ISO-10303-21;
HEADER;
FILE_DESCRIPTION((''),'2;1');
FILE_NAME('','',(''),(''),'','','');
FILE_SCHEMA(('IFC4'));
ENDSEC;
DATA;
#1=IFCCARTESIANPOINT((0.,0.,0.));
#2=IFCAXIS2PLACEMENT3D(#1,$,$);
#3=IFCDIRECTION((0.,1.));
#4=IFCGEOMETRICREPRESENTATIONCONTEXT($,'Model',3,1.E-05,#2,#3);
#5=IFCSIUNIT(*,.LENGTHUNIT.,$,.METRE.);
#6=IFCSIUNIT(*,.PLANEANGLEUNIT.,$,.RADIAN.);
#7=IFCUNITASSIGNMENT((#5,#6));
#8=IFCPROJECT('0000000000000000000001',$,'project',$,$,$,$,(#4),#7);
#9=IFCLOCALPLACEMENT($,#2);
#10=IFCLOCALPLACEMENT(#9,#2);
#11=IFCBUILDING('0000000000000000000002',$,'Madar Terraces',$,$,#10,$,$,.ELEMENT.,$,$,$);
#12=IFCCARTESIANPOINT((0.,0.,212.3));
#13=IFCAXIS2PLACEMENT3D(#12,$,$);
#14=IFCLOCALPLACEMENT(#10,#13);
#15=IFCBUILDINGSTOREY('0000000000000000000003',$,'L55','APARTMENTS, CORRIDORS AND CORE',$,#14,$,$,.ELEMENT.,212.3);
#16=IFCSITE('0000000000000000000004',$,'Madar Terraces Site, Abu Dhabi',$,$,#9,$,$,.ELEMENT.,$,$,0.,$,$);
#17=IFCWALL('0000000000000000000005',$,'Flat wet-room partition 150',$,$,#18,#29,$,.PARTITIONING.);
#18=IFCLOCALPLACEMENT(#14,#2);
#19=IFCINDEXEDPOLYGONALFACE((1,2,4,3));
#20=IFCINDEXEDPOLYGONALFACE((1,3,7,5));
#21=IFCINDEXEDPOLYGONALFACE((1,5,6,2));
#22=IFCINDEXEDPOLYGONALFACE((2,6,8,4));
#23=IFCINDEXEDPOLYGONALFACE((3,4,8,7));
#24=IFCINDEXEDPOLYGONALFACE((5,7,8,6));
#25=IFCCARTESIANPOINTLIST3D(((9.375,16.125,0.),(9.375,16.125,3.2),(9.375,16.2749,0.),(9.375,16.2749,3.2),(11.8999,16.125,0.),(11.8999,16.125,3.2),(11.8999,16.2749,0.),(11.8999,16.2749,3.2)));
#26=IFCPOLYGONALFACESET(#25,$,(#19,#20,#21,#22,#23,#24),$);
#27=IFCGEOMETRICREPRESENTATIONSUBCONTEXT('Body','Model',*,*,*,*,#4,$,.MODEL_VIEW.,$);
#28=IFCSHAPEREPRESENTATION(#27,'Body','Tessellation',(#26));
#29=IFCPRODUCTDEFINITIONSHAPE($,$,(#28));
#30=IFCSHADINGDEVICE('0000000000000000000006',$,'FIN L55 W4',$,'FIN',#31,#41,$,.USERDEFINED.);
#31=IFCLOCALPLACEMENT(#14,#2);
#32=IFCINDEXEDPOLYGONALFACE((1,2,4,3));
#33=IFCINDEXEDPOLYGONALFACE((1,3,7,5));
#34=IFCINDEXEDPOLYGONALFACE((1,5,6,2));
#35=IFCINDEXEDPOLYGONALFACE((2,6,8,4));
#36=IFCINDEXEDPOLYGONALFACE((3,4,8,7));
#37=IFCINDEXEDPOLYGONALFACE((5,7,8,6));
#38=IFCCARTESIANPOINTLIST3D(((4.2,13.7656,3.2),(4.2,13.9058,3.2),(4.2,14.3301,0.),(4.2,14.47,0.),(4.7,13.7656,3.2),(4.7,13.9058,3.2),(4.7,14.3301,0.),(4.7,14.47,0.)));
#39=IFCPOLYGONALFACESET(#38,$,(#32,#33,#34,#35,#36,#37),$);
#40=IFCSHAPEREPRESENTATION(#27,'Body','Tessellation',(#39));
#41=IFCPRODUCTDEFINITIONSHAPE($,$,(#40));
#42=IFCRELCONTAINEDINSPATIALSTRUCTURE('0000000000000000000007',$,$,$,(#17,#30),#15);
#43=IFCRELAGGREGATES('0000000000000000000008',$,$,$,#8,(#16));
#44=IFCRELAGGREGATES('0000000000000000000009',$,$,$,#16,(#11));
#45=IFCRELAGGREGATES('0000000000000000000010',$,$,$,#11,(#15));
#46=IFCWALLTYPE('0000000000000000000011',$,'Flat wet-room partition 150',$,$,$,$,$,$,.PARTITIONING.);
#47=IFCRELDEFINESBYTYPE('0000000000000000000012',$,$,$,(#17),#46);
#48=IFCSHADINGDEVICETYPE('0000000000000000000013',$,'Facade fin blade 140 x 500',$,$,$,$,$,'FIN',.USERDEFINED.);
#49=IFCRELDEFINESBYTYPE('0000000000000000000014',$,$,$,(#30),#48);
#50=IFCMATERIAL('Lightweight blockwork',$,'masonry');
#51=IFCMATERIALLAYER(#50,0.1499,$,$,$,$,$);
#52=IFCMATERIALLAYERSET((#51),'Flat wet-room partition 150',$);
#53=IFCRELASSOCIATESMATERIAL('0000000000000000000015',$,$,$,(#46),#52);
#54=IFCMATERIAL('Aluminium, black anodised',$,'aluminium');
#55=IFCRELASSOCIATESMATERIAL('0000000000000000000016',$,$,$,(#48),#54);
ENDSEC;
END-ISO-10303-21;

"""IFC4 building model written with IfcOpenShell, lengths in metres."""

from ifc_helpers import new_model, si_unit, direction, frame, frame_2d, origin, place, context, subcontext, project, spatial, polyline, rectangle, outline, extrude, material, layer, layer_set, type_object, element, save


model = new_model("IFC4")

# Units and contexts
model_context = context("Model", 3, precision=1e-05, world=origin(), true_north=direction((0.0, 1.0)))
body_context = subcontext(model_context, "Body", "Model", "MODEL_VIEW")
ifc_project = project(units=[si_unit("LENGTHUNIT", "METRE"), si_unit("PLANEANGLEUNIT", "RADIAN")], contexts=[model_context])

# Site, building, storey
site_placement = place(None, origin())
site = spatial("IfcSite", under=ifc_project, at=site_placement, Name="Madar Terraces Site, Abu Dhabi", CompositionType="ELEMENT", RefElevation=0.0)
building_placement = place(site_placement, origin())
building = spatial("IfcBuilding", under=site, at=building_placement, Name="Madar Terraces", CompositionType="ELEMENT")
storey_placement = place(building_placement, frame((0.0, 0.0, 212.3)))
storey = spatial("IfcBuildingStorey", under=building, at=storey_placement, Name="L55", Description="APARTMENTS, CORRIDORS AND CORE", CompositionType="ELEMENT", Elevation=212.3)

# Wall
ifc_material_1 = material(Name="Lightweight blockwork", Category="masonry")
ifc_layer_1 = layer(ifc_material_1, 0.1499)
ifc_layer_set_1 = layer_set([ifc_layer_1], Name="Flat wet-room partition 150")
wall_type_1 = type_object("IfcWallType", Name="Flat wet-room partition 150", PredefinedType="PARTITIONING", material=ifc_layer_set_1)
wall_1_placement = place(storey_placement, frame((11.8999, 16.2, 0.0), z_axis=(0.0, 0.0, 1.0), x_axis=(-1.0, 0.0, 0.0)))
element("IfcWall", 1, at=wall_1_placement, inside=storey, type_object=wall_type_1, Name="Flat wet-room partition 150", PredefinedType="PARTITIONING", context=body_context, shape_type="SweptSolid", body=[
    extrude(rectangle(XDim=2.5249, YDim=0.1499, at=frame_2d((1.2625, 0.0))), origin(), (0.0, 0.0, 1.0), 3.2),
])

# Shading device
ifc_material_2 = material(Name="Aluminium, black anodised", Category="aluminium")
shading_device_type = type_object("IfcShadingDeviceType", Name="Facade fin blade 140 x 500", ElementType="FIN", PredefinedType="USERDEFINED", material=ifc_material_2)
shading_device_placement = place(storey_placement, frame((4.45, 14.47, 0.0), z_axis=(0.0, 0.0, 1.0), x_axis=(0.0, -1.0, 0.0)))
element("IfcShadingDevice", 2, at=shading_device_placement, inside=storey, type_object=shading_device_type, Name="FIN L55 W4", ObjectType="FIN", PredefinedType="USERDEFINED", context=body_context, shape_type="SweptSolid", body=[
    extrude(outline(polyline([(0.0, 0.0), (0.1399, 0.0), (0.7043, 3.2), (0.5642, 3.2), (0.0, 0.0)])), frame((0.0, 0.25, 0.0), z_axis=(0.0, -1.0, 0.0), x_axis=(1.0, 0.0, 0.0)), (0.0, 0.0, 1.0), 0.5),
])

save(model, "model.ifc")
